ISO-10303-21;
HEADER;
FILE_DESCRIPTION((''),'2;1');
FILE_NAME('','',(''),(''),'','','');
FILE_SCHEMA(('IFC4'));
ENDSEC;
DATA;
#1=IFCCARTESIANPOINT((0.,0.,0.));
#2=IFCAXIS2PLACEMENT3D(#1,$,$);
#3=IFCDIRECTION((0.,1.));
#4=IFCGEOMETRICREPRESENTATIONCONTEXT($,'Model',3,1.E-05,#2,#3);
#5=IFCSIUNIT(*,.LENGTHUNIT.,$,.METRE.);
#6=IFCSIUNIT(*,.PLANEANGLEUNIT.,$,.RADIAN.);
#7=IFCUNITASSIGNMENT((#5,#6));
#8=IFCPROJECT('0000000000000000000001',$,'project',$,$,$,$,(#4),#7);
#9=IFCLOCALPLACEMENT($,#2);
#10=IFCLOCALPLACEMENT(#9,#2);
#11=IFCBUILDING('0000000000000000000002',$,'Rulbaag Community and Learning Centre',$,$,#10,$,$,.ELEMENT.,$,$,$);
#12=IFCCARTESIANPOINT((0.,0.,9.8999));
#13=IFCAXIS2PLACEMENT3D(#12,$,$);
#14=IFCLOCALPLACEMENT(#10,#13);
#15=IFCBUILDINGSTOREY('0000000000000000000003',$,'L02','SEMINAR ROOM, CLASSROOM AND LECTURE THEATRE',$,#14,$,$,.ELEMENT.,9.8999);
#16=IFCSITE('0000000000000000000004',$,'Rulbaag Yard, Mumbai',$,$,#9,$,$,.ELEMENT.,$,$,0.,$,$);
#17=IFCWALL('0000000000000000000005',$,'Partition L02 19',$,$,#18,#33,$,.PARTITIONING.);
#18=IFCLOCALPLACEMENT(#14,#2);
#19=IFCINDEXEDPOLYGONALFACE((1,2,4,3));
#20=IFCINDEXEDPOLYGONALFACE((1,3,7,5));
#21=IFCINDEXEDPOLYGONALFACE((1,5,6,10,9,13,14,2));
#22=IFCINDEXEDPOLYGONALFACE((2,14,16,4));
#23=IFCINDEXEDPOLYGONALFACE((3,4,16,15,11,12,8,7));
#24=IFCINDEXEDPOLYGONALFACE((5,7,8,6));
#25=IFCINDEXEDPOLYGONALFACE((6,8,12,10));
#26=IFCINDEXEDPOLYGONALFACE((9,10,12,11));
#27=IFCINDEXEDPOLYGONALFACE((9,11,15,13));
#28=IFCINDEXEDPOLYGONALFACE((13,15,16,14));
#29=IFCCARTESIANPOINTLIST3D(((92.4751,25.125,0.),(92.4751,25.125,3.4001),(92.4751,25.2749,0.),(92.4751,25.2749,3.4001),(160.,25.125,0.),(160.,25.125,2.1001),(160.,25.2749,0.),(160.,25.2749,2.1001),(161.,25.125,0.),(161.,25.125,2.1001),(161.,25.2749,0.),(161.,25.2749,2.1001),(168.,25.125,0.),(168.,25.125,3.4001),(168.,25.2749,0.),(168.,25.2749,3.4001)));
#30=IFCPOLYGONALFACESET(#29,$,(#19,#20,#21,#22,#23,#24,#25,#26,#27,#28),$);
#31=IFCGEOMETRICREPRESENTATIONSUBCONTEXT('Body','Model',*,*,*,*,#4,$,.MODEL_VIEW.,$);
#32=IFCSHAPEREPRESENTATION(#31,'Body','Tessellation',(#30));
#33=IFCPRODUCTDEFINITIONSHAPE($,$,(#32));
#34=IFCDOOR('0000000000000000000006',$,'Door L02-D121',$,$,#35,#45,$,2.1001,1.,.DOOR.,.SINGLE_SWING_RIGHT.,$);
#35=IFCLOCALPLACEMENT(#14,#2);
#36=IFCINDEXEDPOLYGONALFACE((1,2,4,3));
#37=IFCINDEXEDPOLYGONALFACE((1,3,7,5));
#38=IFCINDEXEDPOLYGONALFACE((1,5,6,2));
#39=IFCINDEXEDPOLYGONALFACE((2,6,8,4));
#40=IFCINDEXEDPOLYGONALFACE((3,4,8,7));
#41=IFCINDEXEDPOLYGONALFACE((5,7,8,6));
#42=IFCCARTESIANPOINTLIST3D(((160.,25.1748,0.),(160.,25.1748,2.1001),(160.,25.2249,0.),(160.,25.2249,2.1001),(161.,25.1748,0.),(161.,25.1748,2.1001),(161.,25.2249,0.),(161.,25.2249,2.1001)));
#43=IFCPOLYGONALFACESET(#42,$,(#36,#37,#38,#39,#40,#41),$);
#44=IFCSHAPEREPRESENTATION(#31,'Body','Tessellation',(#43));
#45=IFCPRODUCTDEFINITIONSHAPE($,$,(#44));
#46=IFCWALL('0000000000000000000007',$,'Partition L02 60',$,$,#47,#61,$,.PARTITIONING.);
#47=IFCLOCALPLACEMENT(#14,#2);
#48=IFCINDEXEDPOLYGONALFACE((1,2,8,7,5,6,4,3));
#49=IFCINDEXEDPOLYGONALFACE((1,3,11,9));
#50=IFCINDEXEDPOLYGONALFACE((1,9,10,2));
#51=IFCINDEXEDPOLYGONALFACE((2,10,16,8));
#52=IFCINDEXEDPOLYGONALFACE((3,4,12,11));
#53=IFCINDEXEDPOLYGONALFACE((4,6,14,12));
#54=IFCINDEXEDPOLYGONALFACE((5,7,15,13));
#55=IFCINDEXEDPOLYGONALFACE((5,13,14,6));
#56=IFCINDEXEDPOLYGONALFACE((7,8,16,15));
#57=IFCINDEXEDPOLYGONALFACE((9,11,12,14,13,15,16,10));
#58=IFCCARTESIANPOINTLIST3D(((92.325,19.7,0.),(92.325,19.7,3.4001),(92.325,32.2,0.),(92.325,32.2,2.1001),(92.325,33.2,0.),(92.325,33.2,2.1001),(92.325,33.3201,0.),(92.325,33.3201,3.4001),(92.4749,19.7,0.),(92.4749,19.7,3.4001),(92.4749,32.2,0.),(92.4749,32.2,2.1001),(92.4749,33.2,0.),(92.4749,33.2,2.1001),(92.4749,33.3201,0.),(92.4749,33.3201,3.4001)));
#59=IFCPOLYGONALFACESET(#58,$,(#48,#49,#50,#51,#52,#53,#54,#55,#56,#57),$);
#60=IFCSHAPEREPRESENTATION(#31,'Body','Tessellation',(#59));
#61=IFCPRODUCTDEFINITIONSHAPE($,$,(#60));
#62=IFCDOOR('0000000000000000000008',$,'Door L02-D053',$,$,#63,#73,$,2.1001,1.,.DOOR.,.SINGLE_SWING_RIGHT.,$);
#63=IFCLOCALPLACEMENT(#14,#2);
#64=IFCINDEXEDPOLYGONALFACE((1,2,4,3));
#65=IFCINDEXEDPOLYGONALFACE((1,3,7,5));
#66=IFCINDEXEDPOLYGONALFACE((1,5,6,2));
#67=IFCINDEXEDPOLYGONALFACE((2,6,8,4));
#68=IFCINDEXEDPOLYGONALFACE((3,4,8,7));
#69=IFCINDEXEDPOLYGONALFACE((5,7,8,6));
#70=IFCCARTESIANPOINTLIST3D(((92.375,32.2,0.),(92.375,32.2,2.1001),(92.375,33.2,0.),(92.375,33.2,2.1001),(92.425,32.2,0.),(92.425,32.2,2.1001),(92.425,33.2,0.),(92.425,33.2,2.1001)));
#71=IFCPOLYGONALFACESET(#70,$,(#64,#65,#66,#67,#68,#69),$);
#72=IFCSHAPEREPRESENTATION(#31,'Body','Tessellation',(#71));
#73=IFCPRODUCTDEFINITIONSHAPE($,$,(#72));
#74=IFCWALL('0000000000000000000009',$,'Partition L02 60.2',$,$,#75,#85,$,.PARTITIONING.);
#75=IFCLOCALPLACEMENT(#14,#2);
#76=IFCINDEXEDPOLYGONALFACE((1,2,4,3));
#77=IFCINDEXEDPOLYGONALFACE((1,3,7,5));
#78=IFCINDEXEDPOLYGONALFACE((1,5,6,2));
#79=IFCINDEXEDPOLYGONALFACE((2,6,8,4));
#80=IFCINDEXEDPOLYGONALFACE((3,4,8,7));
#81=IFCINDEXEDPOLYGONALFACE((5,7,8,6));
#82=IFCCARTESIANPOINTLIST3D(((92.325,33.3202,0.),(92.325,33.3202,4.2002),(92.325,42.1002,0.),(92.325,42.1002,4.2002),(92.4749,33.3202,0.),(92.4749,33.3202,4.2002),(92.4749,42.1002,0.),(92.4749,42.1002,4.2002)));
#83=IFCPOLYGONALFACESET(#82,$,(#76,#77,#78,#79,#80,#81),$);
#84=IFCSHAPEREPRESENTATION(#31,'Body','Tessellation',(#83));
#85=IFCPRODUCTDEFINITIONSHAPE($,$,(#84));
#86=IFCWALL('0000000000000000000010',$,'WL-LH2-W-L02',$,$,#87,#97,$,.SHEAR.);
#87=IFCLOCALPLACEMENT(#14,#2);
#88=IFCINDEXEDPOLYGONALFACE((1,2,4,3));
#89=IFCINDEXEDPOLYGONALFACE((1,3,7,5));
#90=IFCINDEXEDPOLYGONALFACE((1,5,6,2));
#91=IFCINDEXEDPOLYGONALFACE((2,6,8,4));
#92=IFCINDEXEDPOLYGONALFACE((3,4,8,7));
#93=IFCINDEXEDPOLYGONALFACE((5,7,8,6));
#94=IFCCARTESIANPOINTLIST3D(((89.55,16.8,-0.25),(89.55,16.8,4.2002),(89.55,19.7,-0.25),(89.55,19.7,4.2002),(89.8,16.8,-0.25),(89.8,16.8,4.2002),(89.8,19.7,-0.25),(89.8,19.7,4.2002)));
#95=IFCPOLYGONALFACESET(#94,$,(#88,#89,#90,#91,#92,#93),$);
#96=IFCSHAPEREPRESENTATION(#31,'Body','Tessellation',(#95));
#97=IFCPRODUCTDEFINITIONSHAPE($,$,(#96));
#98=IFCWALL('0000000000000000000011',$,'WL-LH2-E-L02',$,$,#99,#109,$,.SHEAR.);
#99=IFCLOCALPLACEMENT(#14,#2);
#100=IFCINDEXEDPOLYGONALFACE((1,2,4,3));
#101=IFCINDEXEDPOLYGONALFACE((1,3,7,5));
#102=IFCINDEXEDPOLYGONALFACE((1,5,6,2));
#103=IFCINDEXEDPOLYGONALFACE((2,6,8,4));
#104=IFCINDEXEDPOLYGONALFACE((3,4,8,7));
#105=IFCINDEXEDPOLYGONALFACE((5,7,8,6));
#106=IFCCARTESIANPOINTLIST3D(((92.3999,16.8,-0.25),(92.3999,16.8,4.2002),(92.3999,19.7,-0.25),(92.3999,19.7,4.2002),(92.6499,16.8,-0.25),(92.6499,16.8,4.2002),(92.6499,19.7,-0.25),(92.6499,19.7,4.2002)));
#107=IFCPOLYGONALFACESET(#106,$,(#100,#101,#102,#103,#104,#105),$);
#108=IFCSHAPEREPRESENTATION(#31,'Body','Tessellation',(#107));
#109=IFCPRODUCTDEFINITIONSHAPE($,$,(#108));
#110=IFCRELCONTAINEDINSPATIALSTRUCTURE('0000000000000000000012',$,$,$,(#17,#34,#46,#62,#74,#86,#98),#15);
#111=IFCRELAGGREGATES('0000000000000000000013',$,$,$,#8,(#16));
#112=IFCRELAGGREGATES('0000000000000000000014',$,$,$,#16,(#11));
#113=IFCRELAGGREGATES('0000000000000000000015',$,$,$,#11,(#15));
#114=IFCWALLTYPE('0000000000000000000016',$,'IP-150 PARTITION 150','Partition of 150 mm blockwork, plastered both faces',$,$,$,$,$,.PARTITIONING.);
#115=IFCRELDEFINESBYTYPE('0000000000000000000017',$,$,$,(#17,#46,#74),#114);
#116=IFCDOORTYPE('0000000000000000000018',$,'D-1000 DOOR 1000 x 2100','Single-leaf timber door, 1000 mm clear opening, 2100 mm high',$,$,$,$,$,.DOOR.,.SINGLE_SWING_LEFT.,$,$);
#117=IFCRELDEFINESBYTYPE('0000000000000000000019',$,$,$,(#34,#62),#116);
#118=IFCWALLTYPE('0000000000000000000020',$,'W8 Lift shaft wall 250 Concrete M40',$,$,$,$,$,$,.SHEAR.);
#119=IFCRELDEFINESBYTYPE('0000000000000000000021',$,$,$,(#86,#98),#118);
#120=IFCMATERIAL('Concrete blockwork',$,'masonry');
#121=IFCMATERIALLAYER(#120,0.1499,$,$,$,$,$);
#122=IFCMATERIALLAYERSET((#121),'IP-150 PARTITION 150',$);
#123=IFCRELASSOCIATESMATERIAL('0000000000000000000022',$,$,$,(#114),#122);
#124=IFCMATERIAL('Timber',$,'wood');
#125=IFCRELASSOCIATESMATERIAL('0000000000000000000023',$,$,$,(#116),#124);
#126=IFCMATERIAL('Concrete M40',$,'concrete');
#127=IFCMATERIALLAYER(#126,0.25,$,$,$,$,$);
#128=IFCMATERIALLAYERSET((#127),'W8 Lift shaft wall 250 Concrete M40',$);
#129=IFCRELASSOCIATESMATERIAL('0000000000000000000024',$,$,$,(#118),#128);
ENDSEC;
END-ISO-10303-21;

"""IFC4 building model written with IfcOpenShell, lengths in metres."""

from ifc_helpers import new_model, si_unit, direction, frame, frame_2d, origin, place, context, subcontext, project, spatial, rectangle, extrude, material, layer, layer_set, type_object, element, fill, save


model = new_model("IFC4")

# Units and contexts
model_context = context("Model", 3, precision=1e-05, world=origin(), true_north=direction((0.0, 1.0)))
body_context = subcontext(model_context, "Body", "Model", "MODEL_VIEW")
ifc_project = project(units=[si_unit("LENGTHUNIT", "METRE"), si_unit("PLANEANGLEUNIT", "RADIAN")], contexts=[model_context])

# Site, building, storey
site_placement = place(None, origin())
site = spatial("IfcSite", under=ifc_project, at=site_placement, Name="Rulbaag Yard, Mumbai", CompositionType="ELEMENT", RefElevation=0.0)
building_placement = place(site_placement, origin())
building = spatial("IfcBuilding", under=site, at=building_placement, Name="Rulbaag Community and Learning Centre", CompositionType="ELEMENT")
storey_placement = place(building_placement, frame((0.0, 0.0, 9.8999)))
storey = spatial("IfcBuildingStorey", under=building, at=storey_placement, Name="L02", Description="SEMINAR ROOM, CLASSROOM AND LECTURE THEATRE", CompositionType="ELEMENT", Elevation=9.8999)

# Shared definitions
ifc_material_1 = material(Name="Concrete M40", Category="concrete")

# Walls, openings, doors
ifc_material_2 = material(Name="Concrete blockwork", Category="masonry")
ifc_layer_1 = layer(ifc_material_2, 0.1499)
ifc_layer_set_1 = layer_set([ifc_layer_1], Name="IP-150 PARTITION 150")
wall_type_1 = type_object("IfcWallType", Name="IP-150 PARTITION 150", Description="Partition of 150 mm blockwork, plastered both faces", PredefinedType="PARTITIONING", material=ifc_layer_set_1)
wall_1_placement = place(storey_placement, frame((92.4751, 25.2, 0.0), z_axis=(0.0, 0.0, 1.0), x_axis=(1.0, 0.0, 0.0)))
wall_1 = element("IfcWall", 1, at=wall_1_placement, inside=storey, type_object=wall_type_1, Name="Partition L02 19", PredefinedType="PARTITIONING", context=body_context, shape_type="SweptSolid", body=[
    extrude(rectangle(XDim=75.5249, YDim=0.1499, at=frame_2d((37.7625, 0.0))), origin(), (0.0, 0.0, 1.0), 3.4001),
])
opening_1_placement = place(wall_1_placement, frame((67.5249, 0.0, 0.0)))
opening_1 = element("IfcOpeningElement", 2, at=opening_1_placement, cuts=wall_1, PredefinedType="OPENING", context=body_context, shape_type="SweptSolid", body=[
    extrude(rectangle(XDim=1.0, YDim=2.1001, at=frame_2d((0.5, 1.05))), frame((0.0, 0.085, 0.0), z_axis=(0.0, -1.0, 0.0), x_axis=(1.0, 0.0, 0.0)), (0.0, 0.0, 1.0), 0.1699),
])
ifc_material_3 = material(Name="Timber", Category="wood")
door_type = type_object("IfcDoorType", Name="D-1000 DOOR 1000 x 2100", Description="Single-leaf timber door, 1000 mm clear opening, 2100 mm high", OperationType="SINGLE_SWING_LEFT", PredefinedType="DOOR", material=ifc_material_3)
door_1_placement = place(opening_1_placement, origin())
door_1 = element("IfcDoor", 3, at=door_1_placement, inside=storey, type_object=door_type, Name="Door L02-D121", OperationType="SINGLE_SWING_RIGHT", OverallHeight=2.1001, OverallWidth=1.0, PredefinedType="DOOR", context=body_context, shape_type="SweptSolid", body=[
    extrude(rectangle(XDim=1.0, YDim=2.1001, at=frame_2d((0.5, 1.05))), frame((0.0, 0.0249, 0.0), z_axis=(0.0, -1.0, 0.0), x_axis=(1.0, 0.0, 0.0)), (0.0, 0.0, 1.0), 0.05),
])
fill(opening_1, door_1)
wall_2_placement = place(storey_placement, frame((92.3999, 19.7, 0.0), z_axis=(0.0, 0.0, 1.0), x_axis=(0.0, 1.0, 0.0)))
wall_2 = element("IfcWall", 4, at=wall_2_placement, inside=storey, type_object=wall_type_1, Name="Partition L02 60", PredefinedType="PARTITIONING", context=body_context, shape_type="SweptSolid", body=[
    extrude(rectangle(XDim=13.6201, YDim=0.1499, at=frame_2d((6.8101, 0.0))), origin(), (0.0, 0.0, 1.0), 3.4001),
])
opening_2_placement = place(wall_2_placement, frame((12.5, 0.0, 0.0)))
opening_2 = element("IfcOpeningElement", 5, at=opening_2_placement, cuts=wall_2, PredefinedType="OPENING", context=body_context, shape_type="SweptSolid", body=[
    extrude(rectangle(XDim=1.0, YDim=2.1001, at=frame_2d((0.5, 1.05))), frame((0.0, 0.085, 0.0), z_axis=(0.0, -1.0, 0.0), x_axis=(1.0, 0.0, 0.0)), (0.0, 0.0, 1.0), 0.1699),
])
door_2_placement = place(opening_2_placement, origin())
door_2 = element("IfcDoor", 6, at=door_2_placement, inside=storey, type_object=door_type, Name="Door L02-D053", OperationType="SINGLE_SWING_RIGHT", OverallHeight=2.1001, OverallWidth=1.0, PredefinedType="DOOR", context=body_context, shape_type="SweptSolid", body=[
    extrude(rectangle(XDim=1.0, YDim=2.1001, at=frame_2d((0.5, 1.05))), frame((0.0, 0.0249, 0.0), z_axis=(0.0, -1.0, 0.0), x_axis=(1.0, 0.0, 0.0)), (0.0, 0.0, 1.0), 0.05),
])
fill(opening_2, door_2)

# Walls
wall_3_placement = place(storey_placement, frame((92.3999, 33.3201, 0.0), z_axis=(0.0, 0.0, 1.0), x_axis=(0.0, 1.0, 0.0)))
element("IfcWall", 7, at=wall_3_placement, inside=storey, type_object=wall_type_1, Name="Partition L02 60.2", PredefinedType="PARTITIONING", context=body_context, shape_type="SweptSolid", body=[
    extrude(rectangle(XDim=8.78, YDim=0.1499, at=frame_2d((4.3901, 0.0))), origin(), (0.0, 0.0, 1.0), 4.2002),
])
ifc_layer_2 = layer(ifc_material_1, 0.25)
ifc_layer_set_2 = layer_set([ifc_layer_2], Name="W8 Lift shaft wall 250 Concrete M40")
wall_type_2 = type_object("IfcWallType", Name="W8 Lift shaft wall 250 Concrete M40", PredefinedType="SHEAR", material=ifc_layer_set_2)
for number, where, z_axis, x_axis, name in (
    (8, (89.675, 16.8, -0.25), (0.0, 0.0, 1.0), (0.0, 1.0, 0.0), "WL-LH2-W-L02"),
    (9, (92.5249, 16.8, -0.25), (0.0, 0.0, 1.0), (0.0, 1.0, 0.0), "WL-LH2-E-L02"),
):
    element("IfcWall", number, at=place(storey_placement, frame(where, z_axis=z_axis, x_axis=x_axis)), inside=storey, type_object=wall_type_2, Name=name, PredefinedType="SHEAR", context=body_context, shape_type="SweptSolid", body=[
        extrude(rectangle(XDim=2.8999, YDim=0.25, at=frame_2d((1.45, 0.0))), origin(), (0.0, 0.0, 1.0), 4.4502),
    ])

save(model, "model.ifc")
